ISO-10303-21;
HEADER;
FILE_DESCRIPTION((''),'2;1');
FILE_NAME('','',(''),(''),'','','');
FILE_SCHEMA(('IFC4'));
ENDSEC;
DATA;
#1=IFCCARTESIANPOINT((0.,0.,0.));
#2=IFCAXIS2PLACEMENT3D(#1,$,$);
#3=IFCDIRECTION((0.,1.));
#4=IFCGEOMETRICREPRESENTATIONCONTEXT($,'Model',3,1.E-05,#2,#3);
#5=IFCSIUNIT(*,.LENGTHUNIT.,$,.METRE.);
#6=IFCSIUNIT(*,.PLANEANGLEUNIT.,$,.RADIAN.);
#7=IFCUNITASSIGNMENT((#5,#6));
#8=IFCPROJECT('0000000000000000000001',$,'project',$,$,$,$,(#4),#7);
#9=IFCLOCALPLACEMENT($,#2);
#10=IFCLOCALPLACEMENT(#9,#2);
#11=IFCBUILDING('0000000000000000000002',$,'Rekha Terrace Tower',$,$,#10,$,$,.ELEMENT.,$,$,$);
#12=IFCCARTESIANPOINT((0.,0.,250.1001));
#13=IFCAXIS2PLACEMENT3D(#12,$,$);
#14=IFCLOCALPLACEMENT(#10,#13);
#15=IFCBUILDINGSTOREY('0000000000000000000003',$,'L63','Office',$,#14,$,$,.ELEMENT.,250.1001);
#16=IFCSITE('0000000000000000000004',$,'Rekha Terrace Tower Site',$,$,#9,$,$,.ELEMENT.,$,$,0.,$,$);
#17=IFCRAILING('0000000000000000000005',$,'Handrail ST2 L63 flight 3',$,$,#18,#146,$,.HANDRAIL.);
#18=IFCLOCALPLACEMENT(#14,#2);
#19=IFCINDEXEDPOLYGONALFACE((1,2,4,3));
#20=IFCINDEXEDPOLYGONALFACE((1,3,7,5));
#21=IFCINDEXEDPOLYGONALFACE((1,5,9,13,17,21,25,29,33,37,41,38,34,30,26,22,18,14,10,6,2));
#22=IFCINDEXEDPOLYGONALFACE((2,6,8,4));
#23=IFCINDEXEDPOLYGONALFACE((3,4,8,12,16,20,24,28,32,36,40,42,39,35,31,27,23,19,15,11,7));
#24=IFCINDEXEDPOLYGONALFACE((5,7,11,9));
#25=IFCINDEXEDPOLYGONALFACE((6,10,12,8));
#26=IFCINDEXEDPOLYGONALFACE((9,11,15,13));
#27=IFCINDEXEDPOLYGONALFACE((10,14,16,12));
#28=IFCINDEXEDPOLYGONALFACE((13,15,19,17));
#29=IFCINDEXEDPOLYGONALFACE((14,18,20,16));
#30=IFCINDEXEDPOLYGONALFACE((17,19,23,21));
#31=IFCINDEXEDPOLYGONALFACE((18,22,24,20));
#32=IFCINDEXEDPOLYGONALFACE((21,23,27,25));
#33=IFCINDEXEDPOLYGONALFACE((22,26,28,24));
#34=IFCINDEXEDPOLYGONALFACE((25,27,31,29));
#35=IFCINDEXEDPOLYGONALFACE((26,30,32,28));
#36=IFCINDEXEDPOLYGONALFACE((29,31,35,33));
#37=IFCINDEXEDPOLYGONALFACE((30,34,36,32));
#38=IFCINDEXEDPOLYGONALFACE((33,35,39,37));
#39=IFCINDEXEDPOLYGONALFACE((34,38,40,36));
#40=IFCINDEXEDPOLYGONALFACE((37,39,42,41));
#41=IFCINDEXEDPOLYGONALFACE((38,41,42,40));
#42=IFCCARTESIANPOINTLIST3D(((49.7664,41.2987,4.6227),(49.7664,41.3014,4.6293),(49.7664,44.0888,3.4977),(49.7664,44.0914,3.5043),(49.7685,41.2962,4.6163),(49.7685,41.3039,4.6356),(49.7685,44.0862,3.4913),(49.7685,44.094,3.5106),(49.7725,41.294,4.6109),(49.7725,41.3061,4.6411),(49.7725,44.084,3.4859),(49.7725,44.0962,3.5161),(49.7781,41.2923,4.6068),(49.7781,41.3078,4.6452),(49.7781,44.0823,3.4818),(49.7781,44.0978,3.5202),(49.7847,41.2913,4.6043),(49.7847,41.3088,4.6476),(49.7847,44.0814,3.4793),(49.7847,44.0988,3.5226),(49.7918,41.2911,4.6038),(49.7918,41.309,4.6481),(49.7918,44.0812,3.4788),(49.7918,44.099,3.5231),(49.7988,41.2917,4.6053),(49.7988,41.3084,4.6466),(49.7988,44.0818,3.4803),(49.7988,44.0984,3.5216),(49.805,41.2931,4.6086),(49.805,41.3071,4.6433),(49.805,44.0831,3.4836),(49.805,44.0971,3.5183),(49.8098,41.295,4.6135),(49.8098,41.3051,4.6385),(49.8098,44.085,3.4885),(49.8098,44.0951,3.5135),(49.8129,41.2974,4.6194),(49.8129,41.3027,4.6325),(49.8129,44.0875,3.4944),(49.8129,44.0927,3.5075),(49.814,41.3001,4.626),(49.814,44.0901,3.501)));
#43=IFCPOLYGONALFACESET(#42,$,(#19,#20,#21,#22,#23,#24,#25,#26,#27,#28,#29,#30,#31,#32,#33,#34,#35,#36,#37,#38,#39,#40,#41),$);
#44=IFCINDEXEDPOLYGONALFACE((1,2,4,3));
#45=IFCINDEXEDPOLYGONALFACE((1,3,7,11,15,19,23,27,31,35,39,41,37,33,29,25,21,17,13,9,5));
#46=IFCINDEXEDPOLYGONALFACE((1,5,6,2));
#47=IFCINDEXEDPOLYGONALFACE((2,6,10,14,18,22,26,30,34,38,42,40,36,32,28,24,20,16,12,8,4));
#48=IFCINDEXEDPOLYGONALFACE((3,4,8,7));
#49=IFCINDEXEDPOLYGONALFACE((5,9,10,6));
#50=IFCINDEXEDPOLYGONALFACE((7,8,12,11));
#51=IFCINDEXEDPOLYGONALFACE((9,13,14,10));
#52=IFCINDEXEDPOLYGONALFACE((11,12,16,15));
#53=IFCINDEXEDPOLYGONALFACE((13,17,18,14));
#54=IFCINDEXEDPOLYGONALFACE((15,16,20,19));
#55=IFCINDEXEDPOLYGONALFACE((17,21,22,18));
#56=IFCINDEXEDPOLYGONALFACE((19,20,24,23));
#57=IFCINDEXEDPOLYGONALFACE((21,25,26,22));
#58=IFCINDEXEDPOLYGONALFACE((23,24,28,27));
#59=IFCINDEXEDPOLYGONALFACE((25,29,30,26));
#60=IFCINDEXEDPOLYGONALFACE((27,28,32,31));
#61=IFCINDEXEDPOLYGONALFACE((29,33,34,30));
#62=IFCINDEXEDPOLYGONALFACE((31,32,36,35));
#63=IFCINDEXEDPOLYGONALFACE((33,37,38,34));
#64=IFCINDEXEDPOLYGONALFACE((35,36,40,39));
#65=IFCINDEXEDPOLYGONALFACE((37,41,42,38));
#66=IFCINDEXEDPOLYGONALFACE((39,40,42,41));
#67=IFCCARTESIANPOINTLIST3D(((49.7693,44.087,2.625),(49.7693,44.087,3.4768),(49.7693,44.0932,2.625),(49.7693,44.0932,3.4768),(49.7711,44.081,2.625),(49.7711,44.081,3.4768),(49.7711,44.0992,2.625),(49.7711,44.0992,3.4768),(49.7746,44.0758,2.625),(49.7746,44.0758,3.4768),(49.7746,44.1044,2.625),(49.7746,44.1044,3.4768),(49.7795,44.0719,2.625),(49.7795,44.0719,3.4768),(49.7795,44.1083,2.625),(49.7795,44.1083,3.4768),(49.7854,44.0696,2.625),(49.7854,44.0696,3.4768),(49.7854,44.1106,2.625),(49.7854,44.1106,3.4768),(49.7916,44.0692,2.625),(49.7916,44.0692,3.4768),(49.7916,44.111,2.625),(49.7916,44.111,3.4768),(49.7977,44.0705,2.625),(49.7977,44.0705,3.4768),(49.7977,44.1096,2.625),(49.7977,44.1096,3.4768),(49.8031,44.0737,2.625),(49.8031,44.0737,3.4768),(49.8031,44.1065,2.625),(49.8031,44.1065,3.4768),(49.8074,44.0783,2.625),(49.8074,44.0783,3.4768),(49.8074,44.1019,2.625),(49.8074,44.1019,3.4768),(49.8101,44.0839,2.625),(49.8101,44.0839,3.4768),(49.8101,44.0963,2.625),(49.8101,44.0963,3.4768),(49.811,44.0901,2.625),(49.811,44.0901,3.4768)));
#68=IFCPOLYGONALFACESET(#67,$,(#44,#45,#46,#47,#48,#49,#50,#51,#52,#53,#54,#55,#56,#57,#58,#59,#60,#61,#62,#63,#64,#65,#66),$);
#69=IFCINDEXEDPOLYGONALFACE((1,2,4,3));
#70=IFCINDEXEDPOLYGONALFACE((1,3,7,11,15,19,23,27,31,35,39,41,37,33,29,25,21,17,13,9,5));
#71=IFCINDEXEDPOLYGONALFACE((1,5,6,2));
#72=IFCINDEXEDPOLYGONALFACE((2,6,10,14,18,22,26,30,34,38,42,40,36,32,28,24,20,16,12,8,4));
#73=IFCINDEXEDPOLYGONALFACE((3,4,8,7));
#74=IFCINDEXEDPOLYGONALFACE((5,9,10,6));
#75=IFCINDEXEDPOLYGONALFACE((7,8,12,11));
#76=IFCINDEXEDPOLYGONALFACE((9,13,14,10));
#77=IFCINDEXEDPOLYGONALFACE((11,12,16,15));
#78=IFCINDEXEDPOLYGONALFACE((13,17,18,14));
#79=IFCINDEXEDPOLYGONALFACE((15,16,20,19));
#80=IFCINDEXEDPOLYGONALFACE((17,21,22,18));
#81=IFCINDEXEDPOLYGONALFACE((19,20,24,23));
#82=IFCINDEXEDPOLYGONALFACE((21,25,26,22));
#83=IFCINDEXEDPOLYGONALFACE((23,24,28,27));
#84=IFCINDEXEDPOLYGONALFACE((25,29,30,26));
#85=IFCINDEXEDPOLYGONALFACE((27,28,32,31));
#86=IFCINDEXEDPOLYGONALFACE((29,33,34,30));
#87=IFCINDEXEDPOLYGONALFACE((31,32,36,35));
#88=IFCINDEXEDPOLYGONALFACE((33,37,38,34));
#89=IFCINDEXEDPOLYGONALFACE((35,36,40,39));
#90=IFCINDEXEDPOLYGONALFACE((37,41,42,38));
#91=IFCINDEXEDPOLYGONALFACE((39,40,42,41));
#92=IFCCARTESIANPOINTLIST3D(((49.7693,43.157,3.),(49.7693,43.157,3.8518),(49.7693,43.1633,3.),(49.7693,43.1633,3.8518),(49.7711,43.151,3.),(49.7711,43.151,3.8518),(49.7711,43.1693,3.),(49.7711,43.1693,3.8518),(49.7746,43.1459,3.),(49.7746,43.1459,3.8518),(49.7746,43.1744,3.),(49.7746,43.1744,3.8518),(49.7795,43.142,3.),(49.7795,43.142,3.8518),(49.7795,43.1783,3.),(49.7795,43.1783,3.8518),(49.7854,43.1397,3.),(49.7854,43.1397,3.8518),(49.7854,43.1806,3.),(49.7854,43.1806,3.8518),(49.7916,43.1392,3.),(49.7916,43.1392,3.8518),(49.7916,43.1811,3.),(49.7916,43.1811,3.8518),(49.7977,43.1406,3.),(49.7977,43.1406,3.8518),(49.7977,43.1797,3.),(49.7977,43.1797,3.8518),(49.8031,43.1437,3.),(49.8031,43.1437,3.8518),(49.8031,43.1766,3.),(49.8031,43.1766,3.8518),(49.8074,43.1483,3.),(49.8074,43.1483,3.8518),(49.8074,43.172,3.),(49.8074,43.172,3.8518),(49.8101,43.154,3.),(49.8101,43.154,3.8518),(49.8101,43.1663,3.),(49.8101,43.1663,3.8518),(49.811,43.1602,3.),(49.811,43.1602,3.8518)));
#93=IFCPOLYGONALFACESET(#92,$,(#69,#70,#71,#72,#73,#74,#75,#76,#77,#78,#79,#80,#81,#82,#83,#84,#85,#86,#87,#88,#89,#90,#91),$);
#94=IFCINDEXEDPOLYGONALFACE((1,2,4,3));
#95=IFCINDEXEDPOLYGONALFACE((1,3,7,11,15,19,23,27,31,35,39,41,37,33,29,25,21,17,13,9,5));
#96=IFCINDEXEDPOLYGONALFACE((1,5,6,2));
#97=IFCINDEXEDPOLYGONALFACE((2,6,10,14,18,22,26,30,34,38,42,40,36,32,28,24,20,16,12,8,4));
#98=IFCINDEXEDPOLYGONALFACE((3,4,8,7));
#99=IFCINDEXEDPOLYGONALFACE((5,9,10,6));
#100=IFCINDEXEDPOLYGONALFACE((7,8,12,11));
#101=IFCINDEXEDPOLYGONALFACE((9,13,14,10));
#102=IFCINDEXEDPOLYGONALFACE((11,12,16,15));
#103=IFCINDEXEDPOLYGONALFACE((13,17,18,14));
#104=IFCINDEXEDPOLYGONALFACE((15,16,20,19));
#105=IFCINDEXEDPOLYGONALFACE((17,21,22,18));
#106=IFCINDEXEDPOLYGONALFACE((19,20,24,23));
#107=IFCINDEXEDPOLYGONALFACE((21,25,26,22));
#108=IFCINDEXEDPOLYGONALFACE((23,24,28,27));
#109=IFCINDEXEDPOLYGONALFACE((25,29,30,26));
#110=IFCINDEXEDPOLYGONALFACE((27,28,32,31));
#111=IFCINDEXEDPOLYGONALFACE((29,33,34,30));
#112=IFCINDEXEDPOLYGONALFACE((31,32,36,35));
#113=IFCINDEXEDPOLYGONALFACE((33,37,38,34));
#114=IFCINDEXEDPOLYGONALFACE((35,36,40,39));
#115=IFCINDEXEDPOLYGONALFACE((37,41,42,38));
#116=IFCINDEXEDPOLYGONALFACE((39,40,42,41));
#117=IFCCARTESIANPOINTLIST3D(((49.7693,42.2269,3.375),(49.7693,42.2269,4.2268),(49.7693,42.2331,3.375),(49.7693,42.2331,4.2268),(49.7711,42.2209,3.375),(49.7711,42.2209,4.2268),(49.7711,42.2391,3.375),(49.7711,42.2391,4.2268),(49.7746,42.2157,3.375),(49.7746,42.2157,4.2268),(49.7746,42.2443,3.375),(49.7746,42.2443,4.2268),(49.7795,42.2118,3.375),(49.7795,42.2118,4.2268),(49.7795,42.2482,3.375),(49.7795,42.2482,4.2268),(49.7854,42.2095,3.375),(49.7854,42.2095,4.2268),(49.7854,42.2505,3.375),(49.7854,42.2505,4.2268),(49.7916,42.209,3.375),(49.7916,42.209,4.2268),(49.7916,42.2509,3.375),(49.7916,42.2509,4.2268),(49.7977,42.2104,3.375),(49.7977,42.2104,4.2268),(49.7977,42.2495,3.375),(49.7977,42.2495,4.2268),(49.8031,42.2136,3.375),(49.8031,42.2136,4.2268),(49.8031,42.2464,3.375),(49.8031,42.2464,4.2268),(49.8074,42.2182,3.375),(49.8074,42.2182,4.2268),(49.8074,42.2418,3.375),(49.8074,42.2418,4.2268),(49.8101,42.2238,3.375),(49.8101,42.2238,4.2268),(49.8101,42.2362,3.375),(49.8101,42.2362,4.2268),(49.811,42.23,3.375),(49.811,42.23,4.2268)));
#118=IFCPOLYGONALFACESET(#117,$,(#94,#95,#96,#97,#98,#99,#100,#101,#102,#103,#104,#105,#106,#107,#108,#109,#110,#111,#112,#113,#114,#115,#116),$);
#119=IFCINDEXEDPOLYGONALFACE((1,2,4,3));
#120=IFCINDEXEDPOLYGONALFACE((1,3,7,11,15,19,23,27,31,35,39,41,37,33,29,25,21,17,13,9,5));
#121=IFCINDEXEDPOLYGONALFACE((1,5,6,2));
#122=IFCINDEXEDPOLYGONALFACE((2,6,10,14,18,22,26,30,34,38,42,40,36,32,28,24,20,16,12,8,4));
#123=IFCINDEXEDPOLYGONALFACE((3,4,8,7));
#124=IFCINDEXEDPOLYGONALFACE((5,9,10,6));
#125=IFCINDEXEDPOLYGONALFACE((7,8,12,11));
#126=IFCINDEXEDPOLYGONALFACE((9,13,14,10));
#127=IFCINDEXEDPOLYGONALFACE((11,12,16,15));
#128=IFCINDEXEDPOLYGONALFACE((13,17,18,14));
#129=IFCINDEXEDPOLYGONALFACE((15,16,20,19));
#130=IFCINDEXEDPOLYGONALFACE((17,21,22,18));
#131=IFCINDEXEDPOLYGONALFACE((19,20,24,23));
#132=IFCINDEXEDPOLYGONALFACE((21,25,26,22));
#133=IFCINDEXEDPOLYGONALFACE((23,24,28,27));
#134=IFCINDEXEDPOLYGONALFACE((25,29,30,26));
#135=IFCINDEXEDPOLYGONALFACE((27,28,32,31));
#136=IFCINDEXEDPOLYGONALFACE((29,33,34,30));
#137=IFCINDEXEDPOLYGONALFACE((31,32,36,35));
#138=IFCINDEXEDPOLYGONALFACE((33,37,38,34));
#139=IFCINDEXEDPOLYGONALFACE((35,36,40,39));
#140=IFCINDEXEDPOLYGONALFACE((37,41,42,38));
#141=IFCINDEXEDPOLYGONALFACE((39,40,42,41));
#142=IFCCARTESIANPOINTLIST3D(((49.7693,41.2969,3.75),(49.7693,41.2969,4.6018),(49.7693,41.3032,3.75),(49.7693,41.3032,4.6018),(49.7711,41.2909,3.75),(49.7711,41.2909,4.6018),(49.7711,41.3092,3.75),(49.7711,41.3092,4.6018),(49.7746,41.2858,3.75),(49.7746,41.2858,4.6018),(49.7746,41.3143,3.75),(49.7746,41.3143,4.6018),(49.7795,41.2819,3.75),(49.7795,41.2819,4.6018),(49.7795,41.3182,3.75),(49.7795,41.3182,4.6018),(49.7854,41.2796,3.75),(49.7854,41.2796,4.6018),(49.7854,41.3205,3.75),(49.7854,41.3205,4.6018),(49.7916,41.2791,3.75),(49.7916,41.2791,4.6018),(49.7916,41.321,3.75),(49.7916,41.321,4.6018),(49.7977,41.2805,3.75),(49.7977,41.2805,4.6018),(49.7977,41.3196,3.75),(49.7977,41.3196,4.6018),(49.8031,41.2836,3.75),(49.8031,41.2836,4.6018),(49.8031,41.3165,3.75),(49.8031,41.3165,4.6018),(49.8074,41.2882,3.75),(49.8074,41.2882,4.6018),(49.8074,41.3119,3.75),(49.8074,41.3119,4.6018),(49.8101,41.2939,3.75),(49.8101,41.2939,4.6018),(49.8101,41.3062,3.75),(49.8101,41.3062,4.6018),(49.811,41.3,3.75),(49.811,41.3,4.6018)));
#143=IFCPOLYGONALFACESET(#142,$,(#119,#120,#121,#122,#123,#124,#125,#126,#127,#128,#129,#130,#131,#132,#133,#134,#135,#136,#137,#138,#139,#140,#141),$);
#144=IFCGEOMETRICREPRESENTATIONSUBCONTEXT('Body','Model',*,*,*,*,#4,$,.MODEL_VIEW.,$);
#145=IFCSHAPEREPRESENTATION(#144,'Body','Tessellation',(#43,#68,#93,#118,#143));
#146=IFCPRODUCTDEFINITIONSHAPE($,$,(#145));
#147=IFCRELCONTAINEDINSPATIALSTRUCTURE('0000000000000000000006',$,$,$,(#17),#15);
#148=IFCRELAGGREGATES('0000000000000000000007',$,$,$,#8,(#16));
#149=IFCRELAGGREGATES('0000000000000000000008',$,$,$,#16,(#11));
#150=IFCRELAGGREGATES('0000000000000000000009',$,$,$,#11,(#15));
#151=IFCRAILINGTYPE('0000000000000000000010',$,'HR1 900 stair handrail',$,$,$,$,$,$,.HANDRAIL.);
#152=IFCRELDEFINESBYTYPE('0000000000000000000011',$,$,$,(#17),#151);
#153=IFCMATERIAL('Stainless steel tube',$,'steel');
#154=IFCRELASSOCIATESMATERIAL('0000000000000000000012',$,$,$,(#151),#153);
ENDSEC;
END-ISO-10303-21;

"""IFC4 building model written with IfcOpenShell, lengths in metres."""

from ifc_helpers import new_model, si_unit, direction, frame, origin, origin_2d, place, context, subcontext, project, spatial, circle, extrude, material, type_object, element, save


model = new_model("IFC4")

# Units and contexts
model_context = context("Model", 3, precision=1e-05, world=origin(), true_north=direction((0.0, 1.0)))
body_context = subcontext(model_context, "Body", "Model", "MODEL_VIEW")
ifc_project = project(units=[si_unit("LENGTHUNIT", "METRE"), si_unit("PLANEANGLEUNIT", "RADIAN")], contexts=[model_context])

# Site, building, storey
site_placement = place(None, origin())
site = spatial("IfcSite", under=ifc_project, at=site_placement, Name="Rekha Terrace Tower Site", CompositionType="ELEMENT", RefElevation=0.0)
building_placement = place(site_placement, origin())
building = spatial("IfcBuilding", under=site, at=building_placement, Name="Rekha Terrace Tower", CompositionType="ELEMENT")
storey_placement = place(building_placement, frame((0.0, 0.0, 250.1001)))
storey = spatial("IfcBuildingStorey", under=building, at=storey_placement, Name="L63", Description="Office", CompositionType="ELEMENT", Elevation=250.1001)

# Railing
ifc_material_1 = material(Name="Stainless steel tube", Category="steel")
railing_type_1 = type_object("IfcRailingType", Name="HR1 900 stair handrail", PredefinedType="HANDRAIL", material=ifc_material_1)
railing_1_placement = place(storey_placement, frame((49.79, 44.0901, 2.625)))
element("IfcRailing", 1, at=railing_1_placement, inside=storey, type_object=railing_type_1, Name="Handrail ST2 L63 flight 3", PredefinedType="HANDRAIL", context=body_context, shape_type="SweptSolid", body=[
    extrude(circle(Radius=0.0239, at=origin_2d()), frame((0.0, 0.0, 0.876), z_axis=(0.0, -0.927443, 0.373964), x_axis=(1.0, 0.0, 0.0)), (0.0, 0.0, 1.0), 3.0083),
    extrude(circle(Radius=0.021, at=origin_2d()), origin(), (0.0, 0.0, 1.0), 0.8518),
    extrude(circle(Radius=0.021, at=origin_2d()), frame((0.0, -0.9299, 0.375)), (0.0, 0.0, 1.0), 0.8518),
    extrude(circle(Radius=0.021, at=origin_2d()), frame((0.0, -1.8601, 0.75)), (0.0, 0.0, 1.0), 0.8518),
    extrude(circle(Radius=0.021, at=origin_2d()), frame((0.0, -2.79, 1.125)), (0.0, 0.0, 1.0), 0.8518),
])

save(model, "model.ifc")
